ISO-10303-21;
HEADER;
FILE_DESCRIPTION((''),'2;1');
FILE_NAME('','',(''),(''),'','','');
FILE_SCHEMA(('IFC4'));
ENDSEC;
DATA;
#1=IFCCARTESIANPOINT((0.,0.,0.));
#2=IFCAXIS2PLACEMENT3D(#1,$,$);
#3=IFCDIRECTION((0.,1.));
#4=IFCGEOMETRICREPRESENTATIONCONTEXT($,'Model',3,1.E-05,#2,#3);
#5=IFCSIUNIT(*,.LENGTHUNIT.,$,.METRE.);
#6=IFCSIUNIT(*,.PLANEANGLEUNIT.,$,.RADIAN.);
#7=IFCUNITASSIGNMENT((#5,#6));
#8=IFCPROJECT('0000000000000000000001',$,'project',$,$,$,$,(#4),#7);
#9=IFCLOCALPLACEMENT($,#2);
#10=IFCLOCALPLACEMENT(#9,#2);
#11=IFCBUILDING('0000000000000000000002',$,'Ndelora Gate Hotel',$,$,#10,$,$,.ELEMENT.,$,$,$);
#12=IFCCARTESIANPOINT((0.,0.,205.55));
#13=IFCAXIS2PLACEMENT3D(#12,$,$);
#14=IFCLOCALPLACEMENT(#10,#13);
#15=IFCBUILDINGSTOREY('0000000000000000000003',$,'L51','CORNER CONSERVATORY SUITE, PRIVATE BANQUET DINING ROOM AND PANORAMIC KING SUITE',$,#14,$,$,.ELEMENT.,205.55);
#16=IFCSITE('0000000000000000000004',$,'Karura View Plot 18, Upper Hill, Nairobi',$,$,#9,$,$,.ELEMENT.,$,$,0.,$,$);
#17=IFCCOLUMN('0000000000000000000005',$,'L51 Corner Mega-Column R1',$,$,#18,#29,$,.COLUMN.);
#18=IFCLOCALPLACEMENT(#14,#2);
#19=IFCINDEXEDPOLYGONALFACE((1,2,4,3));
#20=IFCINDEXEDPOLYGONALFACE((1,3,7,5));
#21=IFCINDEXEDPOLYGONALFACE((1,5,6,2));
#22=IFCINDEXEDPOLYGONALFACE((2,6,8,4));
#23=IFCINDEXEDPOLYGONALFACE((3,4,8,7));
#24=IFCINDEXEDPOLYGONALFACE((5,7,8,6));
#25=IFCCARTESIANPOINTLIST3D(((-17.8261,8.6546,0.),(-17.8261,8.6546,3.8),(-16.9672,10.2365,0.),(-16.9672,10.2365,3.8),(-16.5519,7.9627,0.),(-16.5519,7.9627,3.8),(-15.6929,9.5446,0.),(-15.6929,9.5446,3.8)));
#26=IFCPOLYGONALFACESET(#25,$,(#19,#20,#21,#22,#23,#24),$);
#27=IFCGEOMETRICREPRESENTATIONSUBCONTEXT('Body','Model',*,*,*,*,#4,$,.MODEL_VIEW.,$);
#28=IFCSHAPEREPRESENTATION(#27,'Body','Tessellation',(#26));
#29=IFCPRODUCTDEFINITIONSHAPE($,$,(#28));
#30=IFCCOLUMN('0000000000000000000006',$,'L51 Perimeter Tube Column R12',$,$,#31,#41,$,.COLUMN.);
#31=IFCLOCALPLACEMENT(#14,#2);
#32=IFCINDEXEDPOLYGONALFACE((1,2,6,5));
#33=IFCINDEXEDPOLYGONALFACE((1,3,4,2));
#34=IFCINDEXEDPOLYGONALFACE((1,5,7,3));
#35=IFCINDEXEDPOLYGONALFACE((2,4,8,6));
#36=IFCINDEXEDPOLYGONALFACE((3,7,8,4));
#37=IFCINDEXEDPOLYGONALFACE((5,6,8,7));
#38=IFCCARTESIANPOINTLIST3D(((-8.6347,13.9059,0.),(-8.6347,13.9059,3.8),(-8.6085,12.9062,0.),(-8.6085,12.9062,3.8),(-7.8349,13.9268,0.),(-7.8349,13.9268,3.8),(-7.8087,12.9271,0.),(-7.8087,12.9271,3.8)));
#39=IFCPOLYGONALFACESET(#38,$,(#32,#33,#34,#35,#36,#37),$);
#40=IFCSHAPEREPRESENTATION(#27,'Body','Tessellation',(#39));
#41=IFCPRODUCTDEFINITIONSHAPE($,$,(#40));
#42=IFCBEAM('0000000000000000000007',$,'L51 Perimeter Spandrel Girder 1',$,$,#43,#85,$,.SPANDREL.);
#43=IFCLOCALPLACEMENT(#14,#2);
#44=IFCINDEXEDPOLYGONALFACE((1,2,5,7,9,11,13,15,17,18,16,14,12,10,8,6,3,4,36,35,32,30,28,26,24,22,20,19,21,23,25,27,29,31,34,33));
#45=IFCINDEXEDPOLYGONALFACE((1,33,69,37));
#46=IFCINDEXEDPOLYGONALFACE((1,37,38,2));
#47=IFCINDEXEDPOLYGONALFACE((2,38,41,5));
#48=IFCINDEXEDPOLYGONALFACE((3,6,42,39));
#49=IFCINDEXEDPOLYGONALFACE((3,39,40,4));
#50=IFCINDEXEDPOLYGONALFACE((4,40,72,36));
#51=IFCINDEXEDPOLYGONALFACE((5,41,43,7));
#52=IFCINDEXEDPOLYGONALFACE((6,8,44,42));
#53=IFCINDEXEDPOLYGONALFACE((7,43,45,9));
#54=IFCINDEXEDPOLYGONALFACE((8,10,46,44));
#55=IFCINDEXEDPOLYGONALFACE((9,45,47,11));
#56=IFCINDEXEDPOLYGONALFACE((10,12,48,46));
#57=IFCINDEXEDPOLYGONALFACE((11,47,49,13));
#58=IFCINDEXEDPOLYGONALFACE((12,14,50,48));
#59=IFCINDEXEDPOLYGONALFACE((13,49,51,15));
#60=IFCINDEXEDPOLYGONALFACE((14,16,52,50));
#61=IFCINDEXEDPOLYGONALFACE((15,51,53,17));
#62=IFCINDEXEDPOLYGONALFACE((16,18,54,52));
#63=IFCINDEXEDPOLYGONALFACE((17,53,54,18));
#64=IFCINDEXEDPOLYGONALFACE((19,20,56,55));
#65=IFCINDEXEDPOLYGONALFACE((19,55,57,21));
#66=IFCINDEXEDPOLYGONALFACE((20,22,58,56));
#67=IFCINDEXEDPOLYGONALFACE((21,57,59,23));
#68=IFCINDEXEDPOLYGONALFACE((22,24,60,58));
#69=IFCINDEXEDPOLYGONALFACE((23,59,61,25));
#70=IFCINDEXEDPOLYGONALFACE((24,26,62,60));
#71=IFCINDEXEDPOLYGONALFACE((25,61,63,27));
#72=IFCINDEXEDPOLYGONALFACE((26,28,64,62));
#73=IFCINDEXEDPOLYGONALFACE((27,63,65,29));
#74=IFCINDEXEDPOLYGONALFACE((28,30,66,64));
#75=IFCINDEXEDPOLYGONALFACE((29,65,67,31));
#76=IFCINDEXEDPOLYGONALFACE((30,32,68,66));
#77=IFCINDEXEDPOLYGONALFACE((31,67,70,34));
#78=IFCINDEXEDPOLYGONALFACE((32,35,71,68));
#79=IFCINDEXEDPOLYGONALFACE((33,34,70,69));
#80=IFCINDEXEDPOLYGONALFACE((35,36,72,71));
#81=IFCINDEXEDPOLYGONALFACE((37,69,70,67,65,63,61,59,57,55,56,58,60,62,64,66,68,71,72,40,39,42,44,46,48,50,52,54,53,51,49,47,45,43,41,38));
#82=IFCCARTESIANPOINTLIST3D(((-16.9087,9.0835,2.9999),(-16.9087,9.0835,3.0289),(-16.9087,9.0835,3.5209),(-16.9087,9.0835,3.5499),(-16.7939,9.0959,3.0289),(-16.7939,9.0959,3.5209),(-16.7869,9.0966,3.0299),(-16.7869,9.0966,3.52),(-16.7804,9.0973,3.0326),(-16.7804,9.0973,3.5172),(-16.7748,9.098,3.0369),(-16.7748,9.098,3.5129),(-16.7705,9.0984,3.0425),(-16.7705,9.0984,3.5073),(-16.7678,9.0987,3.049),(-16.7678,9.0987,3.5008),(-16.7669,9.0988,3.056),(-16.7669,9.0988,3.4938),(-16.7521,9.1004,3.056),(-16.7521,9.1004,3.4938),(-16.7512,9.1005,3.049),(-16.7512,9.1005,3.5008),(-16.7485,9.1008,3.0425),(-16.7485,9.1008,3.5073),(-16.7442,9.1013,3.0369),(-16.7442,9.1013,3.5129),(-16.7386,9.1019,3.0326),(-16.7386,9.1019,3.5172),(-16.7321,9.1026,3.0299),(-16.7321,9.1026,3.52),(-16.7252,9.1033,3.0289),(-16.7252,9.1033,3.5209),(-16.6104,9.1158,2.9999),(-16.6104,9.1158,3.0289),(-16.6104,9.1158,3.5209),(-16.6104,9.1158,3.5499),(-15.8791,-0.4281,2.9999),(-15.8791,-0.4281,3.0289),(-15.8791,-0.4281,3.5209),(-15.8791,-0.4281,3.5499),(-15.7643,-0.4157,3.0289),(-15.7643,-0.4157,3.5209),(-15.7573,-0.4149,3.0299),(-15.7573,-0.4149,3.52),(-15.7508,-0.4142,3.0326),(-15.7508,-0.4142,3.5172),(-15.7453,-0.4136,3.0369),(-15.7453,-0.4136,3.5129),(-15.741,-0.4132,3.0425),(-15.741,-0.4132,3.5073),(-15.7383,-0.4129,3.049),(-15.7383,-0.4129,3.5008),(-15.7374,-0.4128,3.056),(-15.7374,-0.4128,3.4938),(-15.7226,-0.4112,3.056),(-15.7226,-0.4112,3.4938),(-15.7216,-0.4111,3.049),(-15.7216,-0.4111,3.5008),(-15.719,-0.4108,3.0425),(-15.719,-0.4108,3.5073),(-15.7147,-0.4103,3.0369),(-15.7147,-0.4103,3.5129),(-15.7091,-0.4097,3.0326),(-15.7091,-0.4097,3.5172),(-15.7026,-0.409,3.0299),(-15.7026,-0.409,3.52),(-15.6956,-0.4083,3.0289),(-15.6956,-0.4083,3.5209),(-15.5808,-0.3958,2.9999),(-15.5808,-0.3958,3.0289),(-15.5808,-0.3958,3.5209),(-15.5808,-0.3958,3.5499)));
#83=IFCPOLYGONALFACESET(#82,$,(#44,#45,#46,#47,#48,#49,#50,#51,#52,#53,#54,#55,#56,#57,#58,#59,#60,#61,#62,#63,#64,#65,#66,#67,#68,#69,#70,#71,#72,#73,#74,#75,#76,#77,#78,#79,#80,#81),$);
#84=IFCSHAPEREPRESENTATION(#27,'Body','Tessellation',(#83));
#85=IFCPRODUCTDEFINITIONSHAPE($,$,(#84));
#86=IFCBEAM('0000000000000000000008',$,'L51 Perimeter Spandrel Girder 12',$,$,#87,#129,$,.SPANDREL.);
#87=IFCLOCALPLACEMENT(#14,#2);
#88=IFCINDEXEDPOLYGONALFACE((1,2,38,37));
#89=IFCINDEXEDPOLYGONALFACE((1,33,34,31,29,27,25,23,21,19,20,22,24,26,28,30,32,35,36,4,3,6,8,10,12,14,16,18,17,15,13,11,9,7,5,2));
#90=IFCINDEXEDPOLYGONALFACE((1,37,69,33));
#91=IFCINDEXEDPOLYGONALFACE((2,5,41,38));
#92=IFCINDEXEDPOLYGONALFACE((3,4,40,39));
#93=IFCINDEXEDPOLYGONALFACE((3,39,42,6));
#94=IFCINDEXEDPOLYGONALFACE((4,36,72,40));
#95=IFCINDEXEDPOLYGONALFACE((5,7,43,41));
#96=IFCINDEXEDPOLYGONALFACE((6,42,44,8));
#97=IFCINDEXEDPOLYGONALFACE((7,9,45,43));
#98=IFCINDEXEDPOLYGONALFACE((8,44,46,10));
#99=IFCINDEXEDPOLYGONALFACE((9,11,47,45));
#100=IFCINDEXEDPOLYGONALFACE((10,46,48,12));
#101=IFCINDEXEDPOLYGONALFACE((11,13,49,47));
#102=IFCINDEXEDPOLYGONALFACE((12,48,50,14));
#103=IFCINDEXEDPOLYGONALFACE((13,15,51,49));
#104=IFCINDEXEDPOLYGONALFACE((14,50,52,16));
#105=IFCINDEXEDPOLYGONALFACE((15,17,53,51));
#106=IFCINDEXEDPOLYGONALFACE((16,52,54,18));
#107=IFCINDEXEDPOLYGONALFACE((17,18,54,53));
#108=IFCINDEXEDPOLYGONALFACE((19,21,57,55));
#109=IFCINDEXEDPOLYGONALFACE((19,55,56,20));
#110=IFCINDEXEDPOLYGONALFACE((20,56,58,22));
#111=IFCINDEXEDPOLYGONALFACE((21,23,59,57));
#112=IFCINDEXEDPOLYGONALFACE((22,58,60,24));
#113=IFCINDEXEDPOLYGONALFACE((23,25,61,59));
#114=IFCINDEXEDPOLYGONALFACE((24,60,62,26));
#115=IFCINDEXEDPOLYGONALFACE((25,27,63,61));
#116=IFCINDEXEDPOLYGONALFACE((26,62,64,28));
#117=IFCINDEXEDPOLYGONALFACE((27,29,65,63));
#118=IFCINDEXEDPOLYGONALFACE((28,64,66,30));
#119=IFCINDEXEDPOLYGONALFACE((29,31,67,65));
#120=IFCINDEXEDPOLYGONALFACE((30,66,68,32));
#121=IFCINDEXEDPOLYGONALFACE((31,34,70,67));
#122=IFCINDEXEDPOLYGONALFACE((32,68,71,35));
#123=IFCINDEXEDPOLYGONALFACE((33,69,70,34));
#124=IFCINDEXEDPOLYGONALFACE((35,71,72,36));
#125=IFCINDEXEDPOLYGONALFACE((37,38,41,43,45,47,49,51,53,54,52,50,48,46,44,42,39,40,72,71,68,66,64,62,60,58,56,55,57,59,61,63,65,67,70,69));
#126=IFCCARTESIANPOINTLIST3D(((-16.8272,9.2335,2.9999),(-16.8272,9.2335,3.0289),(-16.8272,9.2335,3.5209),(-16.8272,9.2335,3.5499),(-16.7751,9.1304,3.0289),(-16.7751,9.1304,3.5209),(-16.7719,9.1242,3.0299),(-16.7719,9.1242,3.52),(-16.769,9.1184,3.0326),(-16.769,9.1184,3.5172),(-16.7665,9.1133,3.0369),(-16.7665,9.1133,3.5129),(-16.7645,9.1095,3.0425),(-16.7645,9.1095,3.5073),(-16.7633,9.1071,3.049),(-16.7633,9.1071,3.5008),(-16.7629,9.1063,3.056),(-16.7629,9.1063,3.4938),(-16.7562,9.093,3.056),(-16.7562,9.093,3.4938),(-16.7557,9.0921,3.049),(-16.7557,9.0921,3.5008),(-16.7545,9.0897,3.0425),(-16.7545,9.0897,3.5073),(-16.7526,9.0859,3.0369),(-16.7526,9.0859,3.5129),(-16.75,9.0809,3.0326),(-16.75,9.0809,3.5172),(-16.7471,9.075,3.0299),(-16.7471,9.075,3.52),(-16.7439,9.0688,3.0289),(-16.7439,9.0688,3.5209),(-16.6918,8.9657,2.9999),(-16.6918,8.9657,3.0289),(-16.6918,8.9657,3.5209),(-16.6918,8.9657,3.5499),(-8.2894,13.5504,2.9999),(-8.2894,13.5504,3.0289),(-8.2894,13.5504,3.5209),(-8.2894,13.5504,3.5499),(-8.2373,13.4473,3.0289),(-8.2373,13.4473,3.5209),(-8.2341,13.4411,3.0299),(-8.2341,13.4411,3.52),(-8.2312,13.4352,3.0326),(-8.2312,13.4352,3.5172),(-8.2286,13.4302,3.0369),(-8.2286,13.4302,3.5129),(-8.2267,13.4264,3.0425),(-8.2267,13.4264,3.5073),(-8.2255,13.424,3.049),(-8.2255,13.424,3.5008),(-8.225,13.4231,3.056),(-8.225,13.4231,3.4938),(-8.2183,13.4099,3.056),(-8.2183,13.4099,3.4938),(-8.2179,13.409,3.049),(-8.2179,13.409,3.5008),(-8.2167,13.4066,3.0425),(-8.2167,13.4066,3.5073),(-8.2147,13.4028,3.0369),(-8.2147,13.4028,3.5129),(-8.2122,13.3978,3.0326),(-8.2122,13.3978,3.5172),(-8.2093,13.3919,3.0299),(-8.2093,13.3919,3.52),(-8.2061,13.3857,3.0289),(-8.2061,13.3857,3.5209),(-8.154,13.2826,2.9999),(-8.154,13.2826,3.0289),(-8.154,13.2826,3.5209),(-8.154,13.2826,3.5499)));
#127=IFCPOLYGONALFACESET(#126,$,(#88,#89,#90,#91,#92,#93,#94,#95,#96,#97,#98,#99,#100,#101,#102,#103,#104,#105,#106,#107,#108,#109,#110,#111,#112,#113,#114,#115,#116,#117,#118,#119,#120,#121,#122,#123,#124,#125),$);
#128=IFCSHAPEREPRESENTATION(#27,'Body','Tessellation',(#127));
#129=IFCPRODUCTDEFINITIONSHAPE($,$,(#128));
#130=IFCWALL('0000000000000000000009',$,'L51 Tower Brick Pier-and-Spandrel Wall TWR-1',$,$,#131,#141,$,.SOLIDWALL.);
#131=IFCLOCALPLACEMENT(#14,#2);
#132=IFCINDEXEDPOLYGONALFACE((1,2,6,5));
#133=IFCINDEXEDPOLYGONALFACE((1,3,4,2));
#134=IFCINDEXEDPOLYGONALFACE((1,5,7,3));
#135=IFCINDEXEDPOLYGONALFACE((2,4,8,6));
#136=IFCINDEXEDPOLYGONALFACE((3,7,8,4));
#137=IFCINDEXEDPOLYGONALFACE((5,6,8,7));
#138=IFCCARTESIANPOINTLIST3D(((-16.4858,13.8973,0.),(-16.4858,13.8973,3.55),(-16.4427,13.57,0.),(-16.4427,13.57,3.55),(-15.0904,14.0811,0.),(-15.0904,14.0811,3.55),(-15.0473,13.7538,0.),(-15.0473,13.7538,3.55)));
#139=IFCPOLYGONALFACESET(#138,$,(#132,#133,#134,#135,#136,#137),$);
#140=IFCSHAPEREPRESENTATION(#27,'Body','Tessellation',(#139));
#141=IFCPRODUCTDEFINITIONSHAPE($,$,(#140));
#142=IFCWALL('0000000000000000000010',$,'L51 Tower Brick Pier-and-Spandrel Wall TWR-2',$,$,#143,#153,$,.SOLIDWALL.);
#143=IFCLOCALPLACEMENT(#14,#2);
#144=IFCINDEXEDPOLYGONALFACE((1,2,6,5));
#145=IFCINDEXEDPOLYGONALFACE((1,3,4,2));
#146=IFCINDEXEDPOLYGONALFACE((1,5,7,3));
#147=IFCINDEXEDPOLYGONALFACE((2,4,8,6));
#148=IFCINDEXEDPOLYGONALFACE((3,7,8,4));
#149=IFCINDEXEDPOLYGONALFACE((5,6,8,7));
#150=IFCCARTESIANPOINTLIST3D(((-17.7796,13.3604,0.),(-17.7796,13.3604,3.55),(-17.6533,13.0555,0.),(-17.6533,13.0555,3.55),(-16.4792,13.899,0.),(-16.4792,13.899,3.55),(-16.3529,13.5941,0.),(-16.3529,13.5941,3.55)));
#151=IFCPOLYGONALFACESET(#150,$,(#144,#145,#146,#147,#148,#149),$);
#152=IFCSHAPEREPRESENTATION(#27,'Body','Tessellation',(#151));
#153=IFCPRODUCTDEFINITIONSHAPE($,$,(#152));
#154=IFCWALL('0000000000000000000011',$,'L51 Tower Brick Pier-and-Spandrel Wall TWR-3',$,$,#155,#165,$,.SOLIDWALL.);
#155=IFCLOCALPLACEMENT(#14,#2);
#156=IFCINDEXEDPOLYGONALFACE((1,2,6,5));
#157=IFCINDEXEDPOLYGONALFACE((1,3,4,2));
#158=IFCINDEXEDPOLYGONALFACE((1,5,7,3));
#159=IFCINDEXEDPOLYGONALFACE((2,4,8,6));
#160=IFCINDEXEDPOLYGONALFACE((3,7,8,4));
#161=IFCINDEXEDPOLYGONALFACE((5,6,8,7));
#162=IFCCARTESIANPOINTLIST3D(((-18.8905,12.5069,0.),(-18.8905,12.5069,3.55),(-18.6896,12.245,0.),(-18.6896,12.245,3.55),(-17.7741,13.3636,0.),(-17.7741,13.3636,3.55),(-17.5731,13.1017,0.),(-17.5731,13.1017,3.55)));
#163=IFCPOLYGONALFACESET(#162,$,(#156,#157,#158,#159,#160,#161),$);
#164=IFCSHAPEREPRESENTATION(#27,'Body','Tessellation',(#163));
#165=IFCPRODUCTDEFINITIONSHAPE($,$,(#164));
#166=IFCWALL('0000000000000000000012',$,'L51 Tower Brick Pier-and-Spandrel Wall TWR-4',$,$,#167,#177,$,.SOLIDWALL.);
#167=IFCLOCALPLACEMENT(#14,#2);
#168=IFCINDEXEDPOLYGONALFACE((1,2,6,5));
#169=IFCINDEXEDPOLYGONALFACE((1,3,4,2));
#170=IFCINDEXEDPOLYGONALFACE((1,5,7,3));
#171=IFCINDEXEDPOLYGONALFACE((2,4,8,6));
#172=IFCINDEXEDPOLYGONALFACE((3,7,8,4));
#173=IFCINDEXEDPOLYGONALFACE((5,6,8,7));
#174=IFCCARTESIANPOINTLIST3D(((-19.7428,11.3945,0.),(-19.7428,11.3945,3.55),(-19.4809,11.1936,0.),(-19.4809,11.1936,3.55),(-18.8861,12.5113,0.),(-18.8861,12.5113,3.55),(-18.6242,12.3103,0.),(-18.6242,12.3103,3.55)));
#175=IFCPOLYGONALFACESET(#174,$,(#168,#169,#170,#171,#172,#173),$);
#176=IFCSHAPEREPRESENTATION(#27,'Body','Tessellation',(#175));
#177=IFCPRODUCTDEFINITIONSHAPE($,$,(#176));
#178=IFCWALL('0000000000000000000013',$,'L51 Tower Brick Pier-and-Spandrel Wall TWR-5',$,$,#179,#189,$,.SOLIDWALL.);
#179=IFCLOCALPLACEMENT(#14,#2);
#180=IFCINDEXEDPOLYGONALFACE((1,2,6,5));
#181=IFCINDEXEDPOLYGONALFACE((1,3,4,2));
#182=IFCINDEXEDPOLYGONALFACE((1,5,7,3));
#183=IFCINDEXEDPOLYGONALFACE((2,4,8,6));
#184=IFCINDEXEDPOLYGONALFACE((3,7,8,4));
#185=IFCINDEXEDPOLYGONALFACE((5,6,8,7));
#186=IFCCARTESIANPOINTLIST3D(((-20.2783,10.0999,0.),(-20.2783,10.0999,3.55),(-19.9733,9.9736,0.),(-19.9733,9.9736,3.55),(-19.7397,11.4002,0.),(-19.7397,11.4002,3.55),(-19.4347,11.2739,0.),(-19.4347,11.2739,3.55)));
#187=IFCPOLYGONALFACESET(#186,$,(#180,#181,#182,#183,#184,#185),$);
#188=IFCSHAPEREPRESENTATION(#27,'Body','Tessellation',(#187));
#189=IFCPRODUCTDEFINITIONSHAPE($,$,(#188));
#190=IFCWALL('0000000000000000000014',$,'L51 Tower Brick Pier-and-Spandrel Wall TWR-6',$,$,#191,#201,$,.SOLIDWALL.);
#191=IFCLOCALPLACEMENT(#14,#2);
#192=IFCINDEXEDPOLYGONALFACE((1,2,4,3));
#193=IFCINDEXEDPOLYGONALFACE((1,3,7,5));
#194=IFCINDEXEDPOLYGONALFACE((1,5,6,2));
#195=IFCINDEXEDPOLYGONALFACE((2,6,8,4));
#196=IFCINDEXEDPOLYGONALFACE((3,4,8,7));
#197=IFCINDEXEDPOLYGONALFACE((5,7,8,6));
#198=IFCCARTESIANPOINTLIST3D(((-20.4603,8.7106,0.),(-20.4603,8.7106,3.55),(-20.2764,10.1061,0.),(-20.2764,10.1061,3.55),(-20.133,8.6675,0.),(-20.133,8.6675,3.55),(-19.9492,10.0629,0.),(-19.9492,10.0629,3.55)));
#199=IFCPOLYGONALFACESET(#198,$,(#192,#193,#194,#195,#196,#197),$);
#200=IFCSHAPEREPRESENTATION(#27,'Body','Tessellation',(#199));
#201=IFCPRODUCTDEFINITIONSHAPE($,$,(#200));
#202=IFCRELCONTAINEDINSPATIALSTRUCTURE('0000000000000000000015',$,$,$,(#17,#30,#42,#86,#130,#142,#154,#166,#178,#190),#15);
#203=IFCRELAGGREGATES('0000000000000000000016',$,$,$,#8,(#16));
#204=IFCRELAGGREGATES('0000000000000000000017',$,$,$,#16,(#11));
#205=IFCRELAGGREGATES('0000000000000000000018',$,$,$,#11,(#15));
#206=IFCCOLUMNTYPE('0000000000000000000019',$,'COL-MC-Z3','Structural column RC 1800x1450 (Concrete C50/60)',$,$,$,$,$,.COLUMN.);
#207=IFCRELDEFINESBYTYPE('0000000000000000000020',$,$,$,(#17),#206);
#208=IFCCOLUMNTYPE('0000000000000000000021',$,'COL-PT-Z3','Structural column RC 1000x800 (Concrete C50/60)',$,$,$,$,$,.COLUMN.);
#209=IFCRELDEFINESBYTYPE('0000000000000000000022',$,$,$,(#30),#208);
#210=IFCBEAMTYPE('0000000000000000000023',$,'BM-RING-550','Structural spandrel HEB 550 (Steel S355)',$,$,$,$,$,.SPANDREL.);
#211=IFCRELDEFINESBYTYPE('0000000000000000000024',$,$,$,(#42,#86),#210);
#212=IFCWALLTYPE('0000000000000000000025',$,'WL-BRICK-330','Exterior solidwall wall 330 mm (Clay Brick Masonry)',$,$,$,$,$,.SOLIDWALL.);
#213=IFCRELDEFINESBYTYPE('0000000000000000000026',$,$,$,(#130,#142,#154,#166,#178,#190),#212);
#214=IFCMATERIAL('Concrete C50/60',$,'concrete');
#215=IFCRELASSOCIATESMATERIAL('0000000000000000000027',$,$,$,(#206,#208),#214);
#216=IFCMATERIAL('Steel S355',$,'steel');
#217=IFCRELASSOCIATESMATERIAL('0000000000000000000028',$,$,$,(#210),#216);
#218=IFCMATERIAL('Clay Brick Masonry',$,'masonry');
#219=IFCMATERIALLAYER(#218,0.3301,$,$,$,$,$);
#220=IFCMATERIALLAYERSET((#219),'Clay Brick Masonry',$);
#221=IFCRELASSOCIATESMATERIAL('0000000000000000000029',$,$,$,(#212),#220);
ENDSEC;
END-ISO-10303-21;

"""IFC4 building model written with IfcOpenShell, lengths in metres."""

from ifc_helpers import new_model, si_unit, direction, frame, frame_2d, origin, origin_2d, place, context, subcontext, project, spatial, rectangle, i_section, extrude, material, layer, layer_set, material_profile, profile_set, type_object, element, save


model = new_model("IFC4")

# Units and contexts
model_context = context("Model", 3, precision=1e-05, world=origin(), true_north=direction((0.0, 1.0)))
body_context = subcontext(model_context, "Body", "Model", "MODEL_VIEW")
ifc_project = project(units=[si_unit("LENGTHUNIT", "METRE"), si_unit("PLANEANGLEUNIT", "RADIAN")], contexts=[model_context])

# Site, building, storey
site_placement = place(None, origin())
site = spatial("IfcSite", under=ifc_project, at=site_placement, Name="Karura View Plot 18, Upper Hill, Nairobi", CompositionType="ELEMENT", RefElevation=0.0)
building_placement = place(site_placement, origin())
building = spatial("IfcBuilding", under=site, at=building_placement, Name="Ndelora Gate Hotel", CompositionType="ELEMENT")
storey_placement = place(building_placement, frame((0.0, 0.0, 205.55)))
storey = spatial("IfcBuildingStorey", under=building, at=storey_placement, Name="L51", Description="CORNER CONSERVATORY SUITE, PRIVATE BANQUET DINING ROOM AND PANORAMIC KING SUITE", CompositionType="ELEMENT", Elevation=205.55)

# Columns
ifc_material_1 = material(Name="Concrete C50/60", Category="concrete")
ifc_material_profile_1 = material_profile(ifc_material_1, rectangle(XDim=1.45, YDim=1.8, at=origin_2d()), Name="RC 1800x1450")
ifc_profile_set_1 = profile_set([ifc_material_profile_1], Name="Concrete C50/60")
column_type_1 = type_object("IfcColumnType", Name="COL-MC-Z3", Description="Structural column RC 1800x1450 (Concrete C50/60)", PredefinedType="COLUMN", material=ifc_profile_set_1)
column_1_placement = place(storey_placement, frame((-16.7595, 9.0996, 0.0), z_axis=(0.0, 0.0, 1.0), x_axis=(-0.878817, 0.477159, 0.0)))
element("IfcColumn", 1, at=column_1_placement, inside=storey, type_object=column_type_1, Name="L51 Corner Mega-Column R1", PredefinedType="COLUMN", context=body_context, shape_type="SweptSolid", body=[
    extrude(rectangle(XDim=1.45, YDim=1.8, at=origin_2d()), origin(), (0.0, 0.0, 1.0), 3.8),
])
ifc_material_profile_2 = material_profile(ifc_material_1, rectangle(XDim=0.8, YDim=1.0, at=origin_2d()), Name="RC 1000x800")
ifc_profile_set_2 = profile_set([ifc_material_profile_2], Name="Concrete C50/60")
column_type_2 = type_object("IfcColumnType", Name="COL-PT-Z3", Description="Structural column RC 1000x800 (Concrete C50/60)", PredefinedType="COLUMN", material=ifc_profile_set_2)
column_2_placement = place(storey_placement, frame((-8.2217, 13.4165, 0.0), z_axis=(0.0, 0.0, 1.0), x_axis=(0.999657, 0.026177, 0.0)))
element("IfcColumn", 2, at=column_2_placement, inside=storey, type_object=column_type_2, Name="L51 Perimeter Tube Column R12", PredefinedType="COLUMN", context=body_context, shape_type="SweptSolid", body=[
    extrude(rectangle(XDim=0.8, YDim=1.0, at=origin_2d()), origin(), (0.0, 0.0, 1.0), 3.8),
])

# Beams
ifc_material_2 = material(Name="Steel S355", Category="steel")
ifc_material_profile_3 = material_profile(ifc_material_2, i_section(OverallWidth=0.3, OverallDepth=0.55, WebThickness=0.0149, FlangeThickness=0.0291, FilletRadius=0.0271, at=origin_2d()), Name="HEB 550")
ifc_profile_set_3 = profile_set([ifc_material_profile_3], Name="Steel S355")
beam_type = type_object("IfcBeamType", Name="BM-RING-550", Description="Structural spandrel HEB 550 (Steel S355)", PredefinedType="SPANDREL", material=ifc_profile_set_3)
for number, where, z_axis, x_axis, name in (
    (3, (-16.7595, 9.0996, 3.2749), (0.107613, -0.994193, 0.0), (0.994193, 0.107613, 0.0), "L51 Perimeter Spandrel Girder 1"),
    (4, (-8.2217, 13.4165, 3.2749), (-0.892412, -0.451221, 0.0), (0.451221, -0.892412, 0.0), "L51 Perimeter Spandrel Girder 12"),
):
    element("IfcBeam", number, at=place(storey_placement, frame(where, z_axis=z_axis, x_axis=x_axis)), inside=storey, type_object=beam_type, Name=name, PredefinedType="SPANDREL", context=body_context, shape_type="SweptSolid", body=[
        extrude(i_section(OverallWidth=0.3, OverallDepth=0.55, WebThickness=0.0149, FlangeThickness=0.0291, FilletRadius=0.0271, at=origin_2d()), origin(), (0.0, 0.0, 1.0), 9.5671),
    ])

# Walls
ifc_material_3 = material(Name="Clay Brick Masonry", Category="masonry")
ifc_layer_1 = layer(ifc_material_3, 0.3301)
ifc_layer_set_1 = layer_set([ifc_layer_1], Name="Clay Brick Masonry")
wall_type_1 = type_object("IfcWallType", Name="WL-BRICK-330", Description="Exterior solidwall wall 330 mm (Clay Brick Masonry)", PredefinedType="SOLIDWALL", material=ifc_layer_set_1)
for number, where, z_axis, x_axis, name in (
    (5, (-16.4641, 13.7336, 0.0), (0.0, 0.0, 1.0), (0.991434, 0.130607, 0.0), "L51 Tower Brick Pier-and-Spandrel Wall TWR-1"),
    (6, (-17.7163, 13.208, 0.0), (0.0, 0.0, 1.0), (0.923886, 0.382668, 0.0), "L51 Tower Brick Pier-and-Spandrel Wall TWR-2"),
):
    element("IfcWall", number, at=place(storey_placement, frame(where, z_axis=z_axis, x_axis=x_axis)), inside=storey, type_object=wall_type_1, Name=name, PredefinedType="SOLIDWALL", context=body_context, shape_type="SweptSolid", body=[
        extrude(rectangle(XDim=1.4075, YDim=0.3301, at=frame_2d((0.7036, 0.0))), origin(), (0.0, 0.0, 1.0), 3.55),
    ])
wall_1_placement = place(storey_placement, frame((-18.79, 12.376, 0.0), z_axis=(0.0, 0.0, 1.0), x_axis=(0.793352, 0.608763, 0.0)))
element("IfcWall", 7, at=wall_1_placement, inside=storey, type_object=wall_type_1, Name="L51 Tower Brick Pier-and-Spandrel Wall TWR-3", PredefinedType="SOLIDWALL", context=body_context, shape_type="SweptSolid", body=[
    extrude(rectangle(XDim=1.4072, YDim=0.3301, at=frame_2d((0.7036, 0.0))), origin(), (0.0, 0.0, 1.0), 3.55),
])
for number, where, z_axis, x_axis, name in (
    (8, (-19.6118, 11.2942, 0.0), (0.0, 0.0, 1.0), (0.608679, 0.793416, 0.0), "L51 Tower Brick Pier-and-Spandrel Wall TWR-4"),
    (9, (-20.1257, 10.0369, 0.0), (0.0, 0.0, 1.0), (0.382668, 0.923886, 0.0), "L51 Tower Brick Pier-and-Spandrel Wall TWR-5"),
    (10, (-20.2966, 8.6892, 0.0), (0.0, 0.0, 1.0), (0.130607, 0.991434, 0.0), "L51 Tower Brick Pier-and-Spandrel Wall TWR-6"),
):
    element("IfcWall", number, at=place(storey_placement, frame(where, z_axis=z_axis, x_axis=x_axis)), inside=storey, type_object=wall_type_1, Name=name, PredefinedType="SOLIDWALL", context=body_context, shape_type="SweptSolid", body=[
        extrude(rectangle(XDim=1.4075, YDim=0.3301, at=frame_2d((0.7036, 0.0))), origin(), (0.0, 0.0, 1.0), 3.55),
    ])

save(model, "model.ifc")
